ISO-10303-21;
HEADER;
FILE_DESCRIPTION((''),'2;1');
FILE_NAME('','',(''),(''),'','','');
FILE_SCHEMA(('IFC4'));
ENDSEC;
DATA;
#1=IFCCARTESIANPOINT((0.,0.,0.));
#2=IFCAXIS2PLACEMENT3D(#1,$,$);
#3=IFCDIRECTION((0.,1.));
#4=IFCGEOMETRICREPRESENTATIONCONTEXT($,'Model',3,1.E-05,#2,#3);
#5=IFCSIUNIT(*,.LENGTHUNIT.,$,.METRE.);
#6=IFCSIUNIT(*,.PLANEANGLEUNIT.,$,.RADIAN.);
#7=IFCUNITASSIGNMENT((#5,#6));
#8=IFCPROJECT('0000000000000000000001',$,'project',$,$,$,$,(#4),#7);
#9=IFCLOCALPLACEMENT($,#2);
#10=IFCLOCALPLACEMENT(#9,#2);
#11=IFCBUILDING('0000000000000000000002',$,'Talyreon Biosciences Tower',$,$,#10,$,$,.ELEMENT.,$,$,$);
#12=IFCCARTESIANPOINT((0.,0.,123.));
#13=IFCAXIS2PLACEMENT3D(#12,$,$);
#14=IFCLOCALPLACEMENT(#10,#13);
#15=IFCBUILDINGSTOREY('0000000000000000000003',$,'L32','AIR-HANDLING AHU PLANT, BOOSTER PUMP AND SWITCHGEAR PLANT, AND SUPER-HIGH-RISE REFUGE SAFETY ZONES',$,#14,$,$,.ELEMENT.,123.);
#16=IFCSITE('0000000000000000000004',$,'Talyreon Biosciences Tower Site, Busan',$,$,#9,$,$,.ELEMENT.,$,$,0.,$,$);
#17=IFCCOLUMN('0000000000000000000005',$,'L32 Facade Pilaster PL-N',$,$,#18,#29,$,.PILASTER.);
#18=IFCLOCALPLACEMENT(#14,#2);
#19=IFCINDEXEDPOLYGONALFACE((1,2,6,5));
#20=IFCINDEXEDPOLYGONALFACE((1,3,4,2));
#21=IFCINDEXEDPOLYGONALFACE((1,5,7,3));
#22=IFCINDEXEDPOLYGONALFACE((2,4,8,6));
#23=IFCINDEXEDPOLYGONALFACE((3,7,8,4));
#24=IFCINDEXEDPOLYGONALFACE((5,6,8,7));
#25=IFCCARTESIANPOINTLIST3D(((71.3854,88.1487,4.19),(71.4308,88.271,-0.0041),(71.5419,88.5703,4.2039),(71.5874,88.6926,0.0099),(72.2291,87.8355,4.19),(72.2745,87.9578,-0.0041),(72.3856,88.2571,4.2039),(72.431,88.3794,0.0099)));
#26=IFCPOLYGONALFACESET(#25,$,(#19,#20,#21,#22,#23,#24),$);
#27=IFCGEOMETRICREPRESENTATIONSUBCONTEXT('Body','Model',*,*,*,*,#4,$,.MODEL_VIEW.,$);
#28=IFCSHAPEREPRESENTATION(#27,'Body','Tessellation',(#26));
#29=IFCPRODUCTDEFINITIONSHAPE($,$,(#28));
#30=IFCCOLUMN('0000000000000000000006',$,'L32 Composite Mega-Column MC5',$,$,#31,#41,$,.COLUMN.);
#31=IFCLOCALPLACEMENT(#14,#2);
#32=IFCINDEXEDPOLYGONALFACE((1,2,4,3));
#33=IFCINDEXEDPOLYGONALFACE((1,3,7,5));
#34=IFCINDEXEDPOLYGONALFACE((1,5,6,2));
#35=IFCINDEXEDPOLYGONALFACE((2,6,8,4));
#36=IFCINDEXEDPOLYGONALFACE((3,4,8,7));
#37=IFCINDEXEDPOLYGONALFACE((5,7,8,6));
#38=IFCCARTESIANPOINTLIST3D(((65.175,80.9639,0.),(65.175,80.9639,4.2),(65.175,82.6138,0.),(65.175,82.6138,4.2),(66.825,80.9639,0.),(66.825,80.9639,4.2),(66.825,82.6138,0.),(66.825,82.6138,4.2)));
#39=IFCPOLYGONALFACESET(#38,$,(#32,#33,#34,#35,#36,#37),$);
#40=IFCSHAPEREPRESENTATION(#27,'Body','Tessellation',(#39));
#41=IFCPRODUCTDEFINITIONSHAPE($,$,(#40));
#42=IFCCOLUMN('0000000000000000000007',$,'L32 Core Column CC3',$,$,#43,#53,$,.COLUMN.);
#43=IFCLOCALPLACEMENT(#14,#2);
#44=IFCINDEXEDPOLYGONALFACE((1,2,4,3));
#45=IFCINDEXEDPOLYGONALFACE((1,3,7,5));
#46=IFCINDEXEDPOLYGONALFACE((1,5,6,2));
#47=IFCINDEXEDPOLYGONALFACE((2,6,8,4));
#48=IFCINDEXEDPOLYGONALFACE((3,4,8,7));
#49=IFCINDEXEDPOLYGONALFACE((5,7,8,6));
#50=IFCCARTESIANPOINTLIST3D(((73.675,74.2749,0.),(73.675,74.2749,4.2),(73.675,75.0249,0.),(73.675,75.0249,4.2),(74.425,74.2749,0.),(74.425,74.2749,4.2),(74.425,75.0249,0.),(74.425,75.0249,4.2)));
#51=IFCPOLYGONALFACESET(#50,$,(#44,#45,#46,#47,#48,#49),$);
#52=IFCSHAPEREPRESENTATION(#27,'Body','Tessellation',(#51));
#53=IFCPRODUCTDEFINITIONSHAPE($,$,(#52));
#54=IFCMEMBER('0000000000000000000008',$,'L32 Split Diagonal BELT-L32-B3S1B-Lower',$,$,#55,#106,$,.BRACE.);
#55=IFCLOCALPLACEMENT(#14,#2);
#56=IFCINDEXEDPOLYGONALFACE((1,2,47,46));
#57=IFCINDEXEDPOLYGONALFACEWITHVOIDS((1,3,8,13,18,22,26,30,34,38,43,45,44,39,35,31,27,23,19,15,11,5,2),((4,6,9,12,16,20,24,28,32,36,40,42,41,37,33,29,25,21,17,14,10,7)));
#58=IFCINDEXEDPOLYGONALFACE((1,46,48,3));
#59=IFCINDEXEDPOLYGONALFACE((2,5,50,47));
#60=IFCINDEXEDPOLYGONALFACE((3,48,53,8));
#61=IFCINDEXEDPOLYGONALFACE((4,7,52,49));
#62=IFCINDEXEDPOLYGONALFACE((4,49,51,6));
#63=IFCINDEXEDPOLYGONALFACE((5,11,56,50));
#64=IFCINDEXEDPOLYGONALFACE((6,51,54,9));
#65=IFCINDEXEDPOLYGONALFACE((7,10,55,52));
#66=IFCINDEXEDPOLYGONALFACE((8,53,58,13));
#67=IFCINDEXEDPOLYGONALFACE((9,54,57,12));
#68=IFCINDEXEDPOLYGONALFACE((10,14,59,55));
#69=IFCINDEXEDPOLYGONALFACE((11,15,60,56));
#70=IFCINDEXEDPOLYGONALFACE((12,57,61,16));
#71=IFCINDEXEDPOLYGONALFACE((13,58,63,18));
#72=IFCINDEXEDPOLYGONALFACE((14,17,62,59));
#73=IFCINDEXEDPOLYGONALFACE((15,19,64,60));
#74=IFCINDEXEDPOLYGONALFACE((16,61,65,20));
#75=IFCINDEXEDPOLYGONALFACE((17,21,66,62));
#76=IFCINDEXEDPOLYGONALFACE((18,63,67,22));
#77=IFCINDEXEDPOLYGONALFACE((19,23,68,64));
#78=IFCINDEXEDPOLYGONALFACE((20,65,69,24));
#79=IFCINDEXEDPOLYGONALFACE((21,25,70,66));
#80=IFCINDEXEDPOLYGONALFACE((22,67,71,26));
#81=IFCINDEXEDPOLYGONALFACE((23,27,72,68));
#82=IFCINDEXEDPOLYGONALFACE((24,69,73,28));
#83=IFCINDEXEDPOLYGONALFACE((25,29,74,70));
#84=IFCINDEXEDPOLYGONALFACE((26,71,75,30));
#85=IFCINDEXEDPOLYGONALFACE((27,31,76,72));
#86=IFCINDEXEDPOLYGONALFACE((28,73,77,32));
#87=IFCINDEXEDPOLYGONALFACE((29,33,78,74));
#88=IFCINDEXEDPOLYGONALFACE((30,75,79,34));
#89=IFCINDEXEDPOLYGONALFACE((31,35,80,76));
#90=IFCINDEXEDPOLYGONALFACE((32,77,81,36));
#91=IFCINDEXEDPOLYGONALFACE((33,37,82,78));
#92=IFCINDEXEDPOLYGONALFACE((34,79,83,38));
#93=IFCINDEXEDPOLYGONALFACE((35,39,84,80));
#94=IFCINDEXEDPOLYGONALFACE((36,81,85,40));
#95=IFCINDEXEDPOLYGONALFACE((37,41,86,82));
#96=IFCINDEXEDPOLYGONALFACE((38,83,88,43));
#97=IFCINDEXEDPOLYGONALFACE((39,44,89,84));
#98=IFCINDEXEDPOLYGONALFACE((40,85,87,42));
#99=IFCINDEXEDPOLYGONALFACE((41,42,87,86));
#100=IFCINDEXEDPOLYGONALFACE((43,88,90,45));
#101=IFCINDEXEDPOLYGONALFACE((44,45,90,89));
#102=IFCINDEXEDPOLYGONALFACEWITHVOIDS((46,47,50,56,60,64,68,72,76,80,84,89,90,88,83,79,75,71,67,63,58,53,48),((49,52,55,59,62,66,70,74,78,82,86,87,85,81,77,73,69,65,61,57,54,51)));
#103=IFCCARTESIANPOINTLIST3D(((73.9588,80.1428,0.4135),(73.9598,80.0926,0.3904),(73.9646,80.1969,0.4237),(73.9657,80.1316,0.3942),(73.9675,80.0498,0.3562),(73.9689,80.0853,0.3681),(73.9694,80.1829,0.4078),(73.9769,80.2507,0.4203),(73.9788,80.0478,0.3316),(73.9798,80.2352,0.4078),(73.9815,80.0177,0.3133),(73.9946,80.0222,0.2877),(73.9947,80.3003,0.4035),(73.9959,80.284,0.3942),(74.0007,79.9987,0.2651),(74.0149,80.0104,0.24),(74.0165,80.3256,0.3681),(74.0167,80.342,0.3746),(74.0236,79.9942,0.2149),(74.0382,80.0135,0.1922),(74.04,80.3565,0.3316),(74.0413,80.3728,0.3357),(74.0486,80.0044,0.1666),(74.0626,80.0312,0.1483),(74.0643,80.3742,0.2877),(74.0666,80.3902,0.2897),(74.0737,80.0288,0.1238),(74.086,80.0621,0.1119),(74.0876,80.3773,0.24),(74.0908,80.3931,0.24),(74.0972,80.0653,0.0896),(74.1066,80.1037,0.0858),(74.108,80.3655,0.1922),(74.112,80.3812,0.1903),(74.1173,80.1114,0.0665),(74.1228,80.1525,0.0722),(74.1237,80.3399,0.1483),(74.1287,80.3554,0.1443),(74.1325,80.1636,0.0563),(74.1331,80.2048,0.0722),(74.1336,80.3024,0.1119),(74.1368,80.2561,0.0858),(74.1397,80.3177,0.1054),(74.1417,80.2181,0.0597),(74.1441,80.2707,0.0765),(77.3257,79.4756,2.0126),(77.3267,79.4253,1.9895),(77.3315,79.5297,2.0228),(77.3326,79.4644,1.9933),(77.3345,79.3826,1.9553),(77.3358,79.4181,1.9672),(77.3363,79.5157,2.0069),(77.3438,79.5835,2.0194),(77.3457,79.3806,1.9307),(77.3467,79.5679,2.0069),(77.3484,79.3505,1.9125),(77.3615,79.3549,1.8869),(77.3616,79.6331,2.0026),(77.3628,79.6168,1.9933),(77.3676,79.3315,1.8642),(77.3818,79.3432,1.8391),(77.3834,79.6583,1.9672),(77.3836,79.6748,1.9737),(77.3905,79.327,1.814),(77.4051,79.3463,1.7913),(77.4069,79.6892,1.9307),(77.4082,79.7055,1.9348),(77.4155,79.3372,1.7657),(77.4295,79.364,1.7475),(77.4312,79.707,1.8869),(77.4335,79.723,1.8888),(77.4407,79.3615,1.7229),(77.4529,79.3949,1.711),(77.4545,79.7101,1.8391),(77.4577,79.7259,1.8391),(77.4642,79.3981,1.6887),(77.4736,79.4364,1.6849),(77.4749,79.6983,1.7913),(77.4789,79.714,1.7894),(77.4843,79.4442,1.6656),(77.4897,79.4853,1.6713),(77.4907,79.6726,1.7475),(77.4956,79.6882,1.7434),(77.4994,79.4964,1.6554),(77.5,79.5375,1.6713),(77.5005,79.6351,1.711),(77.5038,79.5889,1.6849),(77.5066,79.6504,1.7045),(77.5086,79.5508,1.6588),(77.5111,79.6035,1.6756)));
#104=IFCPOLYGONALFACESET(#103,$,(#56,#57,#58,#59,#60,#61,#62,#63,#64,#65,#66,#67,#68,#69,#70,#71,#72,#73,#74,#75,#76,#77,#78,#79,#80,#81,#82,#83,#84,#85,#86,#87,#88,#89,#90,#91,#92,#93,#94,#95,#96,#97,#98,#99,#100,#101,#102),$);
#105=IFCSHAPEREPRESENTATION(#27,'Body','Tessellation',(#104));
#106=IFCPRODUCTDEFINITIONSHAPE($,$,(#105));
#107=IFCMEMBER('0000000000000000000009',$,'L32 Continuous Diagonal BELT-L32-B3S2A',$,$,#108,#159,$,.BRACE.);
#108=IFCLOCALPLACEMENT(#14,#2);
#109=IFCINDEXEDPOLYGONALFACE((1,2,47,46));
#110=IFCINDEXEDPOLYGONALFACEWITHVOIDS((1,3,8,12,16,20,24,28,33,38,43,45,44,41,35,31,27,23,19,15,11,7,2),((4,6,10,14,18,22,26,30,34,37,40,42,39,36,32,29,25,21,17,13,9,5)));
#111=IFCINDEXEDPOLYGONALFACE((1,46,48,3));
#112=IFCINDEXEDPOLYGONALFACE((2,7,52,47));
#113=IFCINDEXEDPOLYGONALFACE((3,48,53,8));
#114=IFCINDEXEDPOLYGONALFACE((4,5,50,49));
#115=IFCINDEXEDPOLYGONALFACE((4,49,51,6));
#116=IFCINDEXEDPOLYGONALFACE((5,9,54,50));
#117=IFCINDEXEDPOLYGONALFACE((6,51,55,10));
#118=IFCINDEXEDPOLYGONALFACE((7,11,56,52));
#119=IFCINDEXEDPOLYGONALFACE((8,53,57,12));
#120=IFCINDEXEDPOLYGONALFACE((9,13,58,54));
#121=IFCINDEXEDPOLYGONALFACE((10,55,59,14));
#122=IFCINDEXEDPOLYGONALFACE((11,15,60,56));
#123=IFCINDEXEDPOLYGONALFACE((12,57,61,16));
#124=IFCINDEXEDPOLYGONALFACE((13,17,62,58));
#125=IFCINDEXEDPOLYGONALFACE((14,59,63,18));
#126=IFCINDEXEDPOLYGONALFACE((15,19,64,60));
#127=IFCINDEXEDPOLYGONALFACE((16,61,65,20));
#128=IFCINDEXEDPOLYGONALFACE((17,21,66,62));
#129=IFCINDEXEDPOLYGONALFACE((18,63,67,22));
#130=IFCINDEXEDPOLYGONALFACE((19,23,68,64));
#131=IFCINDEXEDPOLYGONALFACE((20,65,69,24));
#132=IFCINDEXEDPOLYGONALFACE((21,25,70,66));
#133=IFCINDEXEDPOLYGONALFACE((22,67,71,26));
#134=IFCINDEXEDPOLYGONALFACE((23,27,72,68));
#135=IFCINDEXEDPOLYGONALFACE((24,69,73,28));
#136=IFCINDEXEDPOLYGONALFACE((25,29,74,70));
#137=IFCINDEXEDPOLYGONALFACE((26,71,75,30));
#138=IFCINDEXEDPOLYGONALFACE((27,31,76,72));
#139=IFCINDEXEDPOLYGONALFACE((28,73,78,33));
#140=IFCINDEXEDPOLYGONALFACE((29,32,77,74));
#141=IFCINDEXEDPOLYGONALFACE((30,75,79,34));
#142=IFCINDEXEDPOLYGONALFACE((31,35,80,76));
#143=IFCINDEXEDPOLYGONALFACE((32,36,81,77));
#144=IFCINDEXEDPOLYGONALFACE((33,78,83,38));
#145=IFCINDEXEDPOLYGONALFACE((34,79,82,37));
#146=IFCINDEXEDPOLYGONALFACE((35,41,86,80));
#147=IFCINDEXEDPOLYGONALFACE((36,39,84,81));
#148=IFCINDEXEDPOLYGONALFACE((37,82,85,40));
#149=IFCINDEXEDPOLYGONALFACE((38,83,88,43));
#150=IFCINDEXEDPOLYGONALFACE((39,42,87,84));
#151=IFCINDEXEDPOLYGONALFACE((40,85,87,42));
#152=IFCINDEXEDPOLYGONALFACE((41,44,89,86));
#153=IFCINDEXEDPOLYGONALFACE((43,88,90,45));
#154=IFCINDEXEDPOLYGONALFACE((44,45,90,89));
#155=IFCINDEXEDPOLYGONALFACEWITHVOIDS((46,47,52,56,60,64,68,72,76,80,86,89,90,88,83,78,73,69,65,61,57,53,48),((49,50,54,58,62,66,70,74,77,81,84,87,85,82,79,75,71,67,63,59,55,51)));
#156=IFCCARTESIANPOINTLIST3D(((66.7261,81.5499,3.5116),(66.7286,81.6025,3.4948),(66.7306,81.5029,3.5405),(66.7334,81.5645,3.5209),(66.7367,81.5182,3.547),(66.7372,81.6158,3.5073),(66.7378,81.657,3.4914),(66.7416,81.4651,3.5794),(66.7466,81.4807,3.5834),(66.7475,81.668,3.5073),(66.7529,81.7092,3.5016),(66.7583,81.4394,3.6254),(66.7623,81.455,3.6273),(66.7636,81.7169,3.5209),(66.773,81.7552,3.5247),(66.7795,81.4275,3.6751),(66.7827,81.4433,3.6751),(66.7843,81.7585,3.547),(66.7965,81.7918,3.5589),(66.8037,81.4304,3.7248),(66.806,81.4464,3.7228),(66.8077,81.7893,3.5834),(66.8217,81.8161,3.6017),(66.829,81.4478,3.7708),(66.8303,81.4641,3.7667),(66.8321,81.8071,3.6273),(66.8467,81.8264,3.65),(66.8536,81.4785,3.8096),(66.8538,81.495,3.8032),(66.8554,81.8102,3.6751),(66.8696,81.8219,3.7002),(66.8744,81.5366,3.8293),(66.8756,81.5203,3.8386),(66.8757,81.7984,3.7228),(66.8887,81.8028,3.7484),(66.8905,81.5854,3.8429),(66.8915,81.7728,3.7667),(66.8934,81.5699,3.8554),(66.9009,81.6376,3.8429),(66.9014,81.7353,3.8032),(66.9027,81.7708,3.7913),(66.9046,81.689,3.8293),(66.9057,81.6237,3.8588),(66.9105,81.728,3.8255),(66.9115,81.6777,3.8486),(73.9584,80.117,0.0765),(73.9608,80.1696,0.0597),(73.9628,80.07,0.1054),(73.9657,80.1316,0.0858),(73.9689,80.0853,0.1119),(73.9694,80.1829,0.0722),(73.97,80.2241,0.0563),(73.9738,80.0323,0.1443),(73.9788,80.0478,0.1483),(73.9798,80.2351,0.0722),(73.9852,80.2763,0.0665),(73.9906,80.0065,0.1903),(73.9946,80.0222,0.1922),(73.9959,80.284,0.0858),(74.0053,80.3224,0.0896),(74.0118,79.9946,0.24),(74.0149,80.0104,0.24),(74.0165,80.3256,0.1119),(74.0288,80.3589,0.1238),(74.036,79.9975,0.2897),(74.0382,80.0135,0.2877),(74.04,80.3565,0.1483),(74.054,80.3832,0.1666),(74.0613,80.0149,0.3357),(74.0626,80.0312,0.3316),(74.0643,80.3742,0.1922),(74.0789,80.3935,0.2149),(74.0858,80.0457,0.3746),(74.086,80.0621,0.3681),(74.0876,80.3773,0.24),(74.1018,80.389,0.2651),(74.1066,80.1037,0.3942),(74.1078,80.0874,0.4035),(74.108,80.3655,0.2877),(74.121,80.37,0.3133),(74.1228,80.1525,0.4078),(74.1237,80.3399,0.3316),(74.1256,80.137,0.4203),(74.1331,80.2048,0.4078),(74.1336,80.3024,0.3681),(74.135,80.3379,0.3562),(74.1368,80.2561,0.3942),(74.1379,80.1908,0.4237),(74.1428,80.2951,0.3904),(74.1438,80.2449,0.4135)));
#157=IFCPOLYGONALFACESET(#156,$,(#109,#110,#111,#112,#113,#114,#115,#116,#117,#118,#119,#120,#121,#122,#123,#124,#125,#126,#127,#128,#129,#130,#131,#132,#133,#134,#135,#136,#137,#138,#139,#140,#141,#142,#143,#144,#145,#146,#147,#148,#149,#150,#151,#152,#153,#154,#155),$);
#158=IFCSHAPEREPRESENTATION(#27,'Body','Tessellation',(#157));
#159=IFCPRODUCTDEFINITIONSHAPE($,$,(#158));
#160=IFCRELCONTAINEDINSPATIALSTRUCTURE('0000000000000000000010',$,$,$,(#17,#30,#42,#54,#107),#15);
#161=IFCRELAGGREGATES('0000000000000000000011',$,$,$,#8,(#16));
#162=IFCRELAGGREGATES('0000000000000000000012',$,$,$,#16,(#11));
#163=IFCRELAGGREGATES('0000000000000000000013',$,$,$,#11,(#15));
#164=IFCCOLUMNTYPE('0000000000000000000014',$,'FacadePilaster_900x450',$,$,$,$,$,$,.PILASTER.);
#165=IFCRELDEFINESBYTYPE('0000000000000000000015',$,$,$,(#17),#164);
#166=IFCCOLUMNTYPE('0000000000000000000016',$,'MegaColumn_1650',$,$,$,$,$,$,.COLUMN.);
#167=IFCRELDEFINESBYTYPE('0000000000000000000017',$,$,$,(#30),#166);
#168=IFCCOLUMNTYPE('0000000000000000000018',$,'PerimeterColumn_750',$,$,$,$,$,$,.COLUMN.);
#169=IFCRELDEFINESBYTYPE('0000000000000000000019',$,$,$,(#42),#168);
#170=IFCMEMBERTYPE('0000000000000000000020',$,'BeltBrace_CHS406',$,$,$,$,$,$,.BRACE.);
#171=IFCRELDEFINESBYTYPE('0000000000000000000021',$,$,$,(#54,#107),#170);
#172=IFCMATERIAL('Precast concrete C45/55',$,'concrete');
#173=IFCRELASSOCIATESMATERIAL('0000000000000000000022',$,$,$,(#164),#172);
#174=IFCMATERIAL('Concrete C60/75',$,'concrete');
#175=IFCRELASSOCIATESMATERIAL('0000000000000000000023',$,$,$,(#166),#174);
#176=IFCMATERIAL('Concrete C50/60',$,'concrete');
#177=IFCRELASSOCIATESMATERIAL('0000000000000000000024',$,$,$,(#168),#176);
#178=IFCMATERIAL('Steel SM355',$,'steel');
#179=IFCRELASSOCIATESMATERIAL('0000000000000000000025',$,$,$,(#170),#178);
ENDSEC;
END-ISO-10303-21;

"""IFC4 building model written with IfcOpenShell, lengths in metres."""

from ifc_helpers import new_model, si_unit, direction, frame, origin, origin_2d, place, context, subcontext, project, spatial, rectangle, hollow_circle, extrude, material, material_profile, profile_set, type_object, element, save


model = new_model("IFC4")

# Units and contexts
model_context = context("Model", 3, precision=1e-05, world=origin(), true_north=direction((0.0, 1.0)))
body_context = subcontext(model_context, "Body", "Model", "MODEL_VIEW")
ifc_project = project(units=[si_unit("LENGTHUNIT", "METRE"), si_unit("PLANEANGLEUNIT", "RADIAN")], contexts=[model_context])

# Site, building, storey
site_placement = place(None, origin())
site = spatial("IfcSite", under=ifc_project, at=site_placement, Name="Talyreon Biosciences Tower Site, Busan", CompositionType="ELEMENT", RefElevation=0.0)
building_placement = place(site_placement, origin())
building = spatial("IfcBuilding", under=site, at=building_placement, Name="Talyreon Biosciences Tower", CompositionType="ELEMENT")
storey_placement = place(building_placement, frame((0.0, 0.0, 123.0)))
storey = spatial("IfcBuildingStorey", under=building, at=storey_placement, Name="L32", Description="AIR-HANDLING AHU PLANT, BOOSTER PUMP AND SWITCHGEAR PLANT, AND SUPER-HIGH-RISE REFUGE SAFETY ZONES", CompositionType="ELEMENT", Elevation=123.0)

# Columns
ifc_material_1 = material(Name="Precast concrete C45/55", Category="concrete")
ifc_material_profile_1 = material_profile(ifc_material_1, rectangle(XDim=0.8999, YDim=0.45, at=origin_2d()), Name="RC 900x450")
ifc_profile_set_1 = profile_set([ifc_material_profile_1], Name="Precast concrete C45/55")
column_type_1 = type_object("IfcColumnType", Name="FacadePilaster_900x450", PredefinedType="PILASTER", material=ifc_profile_set_1)
column_1_placement = place(storey_placement, frame((71.9309, 88.3252, 0.0029), z_axis=(-0.010822, -0.029149, 0.999516), x_axis=(-0.937478, 0.348046, 0.0)))
element("IfcColumn", 1, at=column_1_placement, inside=storey, type_object=column_type_1, Name="L32 Facade Pilaster PL-N", PredefinedType="PILASTER", context=body_context, shape_type="SweptSolid", body=[
    extrude(rectangle(XDim=0.8999, YDim=0.45, at=origin_2d()), origin(), (0.0, 0.0, 1.0), 4.196),
])
ifc_material_2 = material(Name="Concrete C60/75", Category="concrete")
ifc_material_profile_2 = material_profile(ifc_material_2, rectangle(XDim=1.6499, YDim=1.6499, at=origin_2d()), Name="RC 1650x1650")
ifc_profile_set_2 = profile_set([ifc_material_profile_2], Name="Concrete C60/75")
column_type_2 = type_object("IfcColumnType", Name="MegaColumn_1650", PredefinedType="COLUMN", material=ifc_profile_set_2)
column_2_placement = place(storey_placement, frame((66.0, 81.7888, 0.0), z_axis=(0.0, 0.0, 1.0), x_axis=(1.0, 0.0, 0.0)))
element("IfcColumn", 2, at=column_2_placement, inside=storey, type_object=column_type_2, Name="L32 Composite Mega-Column MC5", PredefinedType="COLUMN", context=body_context, shape_type="SweptSolid", body=[
    extrude(rectangle(XDim=1.6499, YDim=1.6499, at=origin_2d()), origin(), (0.0, 0.0, 1.0), 4.2),
])
ifc_material_3 = material(Name="Concrete C50/60", Category="concrete")
ifc_material_profile_3 = material_profile(ifc_material_3, rectangle(XDim=0.75, YDim=0.75, at=origin_2d()), Name="RC 750x750")
ifc_profile_set_3 = profile_set([ifc_material_profile_3], Name="Concrete C50/60")
column_type_3 = type_object("IfcColumnType", Name="PerimeterColumn_750", PredefinedType="COLUMN", material=ifc_profile_set_3)
column_3_placement = place(storey_placement, frame((74.05, 74.6499, 0.0), z_axis=(0.0, 0.0, 1.0), x_axis=(1.0, 0.0, 0.0)))
element("IfcColumn", 3, at=column_3_placement, inside=storey, type_object=column_type_3, Name="L32 Core Column CC3", PredefinedType="COLUMN", context=body_context, shape_type="SweptSolid", body=[
    extrude(rectangle(XDim=0.75, YDim=0.75, at=origin_2d()), origin(), (0.0, 0.0, 1.0), 4.2),
])

# Members
ifc_material_4 = material(Name="Steel SM355", Category="steel")
ifc_material_profile_4 = material_profile(ifc_material_4, hollow_circle(Radius=0.2031, WallThickness=0.0161, at=origin_2d()), Name="CHS 406.4x16")
ifc_profile_set_4 = profile_set([ifc_material_profile_4], Name="Steel SM355")
member_type_1 = type_object("IfcMemberType", Name="BeltBrace_CHS406", PredefinedType="BRACE", material=ifc_profile_set_4)
member_1_placement = place(storey_placement, frame((74.0513, 80.1938, 0.24), z_axis=(0.889162, -0.176208, 0.422305), x_axis=(0.194392, 0.980924, 0.0)))
element("IfcMember", 4, at=member_1_placement, inside=storey, type_object=member_type_1, Name="L32 Split Diagonal BELT-L32-B3S1B-Lower", PredefinedType="BRACE", context=body_context, shape_type="SweptSolid", body=[
    extrude(hollow_circle(Radius=0.2031, WallThickness=0.0161, at=origin_2d()), origin(), (0.0, 0.0, 1.0), 3.7866),
])
member_2_placement = place(storey_placement, frame((74.0513, 80.1938, 0.24), z_axis=(-0.889162, 0.176163, 0.422324), x_axis=(-0.194345, -0.980933, 0.0)))
element("IfcMember", 5, at=member_2_placement, inside=storey, type_object=member_type_1, Name="L32 Continuous Diagonal BELT-L32-B3S2A", PredefinedType="BRACE", context=body_context, shape_type="SweptSolid", body=[
    extrude(hollow_circle(Radius=0.2031, WallThickness=0.0161, at=origin_2d()), origin(), (0.0, 0.0, 1.0), 8.1338),
])

save(model, "model.ifc")
